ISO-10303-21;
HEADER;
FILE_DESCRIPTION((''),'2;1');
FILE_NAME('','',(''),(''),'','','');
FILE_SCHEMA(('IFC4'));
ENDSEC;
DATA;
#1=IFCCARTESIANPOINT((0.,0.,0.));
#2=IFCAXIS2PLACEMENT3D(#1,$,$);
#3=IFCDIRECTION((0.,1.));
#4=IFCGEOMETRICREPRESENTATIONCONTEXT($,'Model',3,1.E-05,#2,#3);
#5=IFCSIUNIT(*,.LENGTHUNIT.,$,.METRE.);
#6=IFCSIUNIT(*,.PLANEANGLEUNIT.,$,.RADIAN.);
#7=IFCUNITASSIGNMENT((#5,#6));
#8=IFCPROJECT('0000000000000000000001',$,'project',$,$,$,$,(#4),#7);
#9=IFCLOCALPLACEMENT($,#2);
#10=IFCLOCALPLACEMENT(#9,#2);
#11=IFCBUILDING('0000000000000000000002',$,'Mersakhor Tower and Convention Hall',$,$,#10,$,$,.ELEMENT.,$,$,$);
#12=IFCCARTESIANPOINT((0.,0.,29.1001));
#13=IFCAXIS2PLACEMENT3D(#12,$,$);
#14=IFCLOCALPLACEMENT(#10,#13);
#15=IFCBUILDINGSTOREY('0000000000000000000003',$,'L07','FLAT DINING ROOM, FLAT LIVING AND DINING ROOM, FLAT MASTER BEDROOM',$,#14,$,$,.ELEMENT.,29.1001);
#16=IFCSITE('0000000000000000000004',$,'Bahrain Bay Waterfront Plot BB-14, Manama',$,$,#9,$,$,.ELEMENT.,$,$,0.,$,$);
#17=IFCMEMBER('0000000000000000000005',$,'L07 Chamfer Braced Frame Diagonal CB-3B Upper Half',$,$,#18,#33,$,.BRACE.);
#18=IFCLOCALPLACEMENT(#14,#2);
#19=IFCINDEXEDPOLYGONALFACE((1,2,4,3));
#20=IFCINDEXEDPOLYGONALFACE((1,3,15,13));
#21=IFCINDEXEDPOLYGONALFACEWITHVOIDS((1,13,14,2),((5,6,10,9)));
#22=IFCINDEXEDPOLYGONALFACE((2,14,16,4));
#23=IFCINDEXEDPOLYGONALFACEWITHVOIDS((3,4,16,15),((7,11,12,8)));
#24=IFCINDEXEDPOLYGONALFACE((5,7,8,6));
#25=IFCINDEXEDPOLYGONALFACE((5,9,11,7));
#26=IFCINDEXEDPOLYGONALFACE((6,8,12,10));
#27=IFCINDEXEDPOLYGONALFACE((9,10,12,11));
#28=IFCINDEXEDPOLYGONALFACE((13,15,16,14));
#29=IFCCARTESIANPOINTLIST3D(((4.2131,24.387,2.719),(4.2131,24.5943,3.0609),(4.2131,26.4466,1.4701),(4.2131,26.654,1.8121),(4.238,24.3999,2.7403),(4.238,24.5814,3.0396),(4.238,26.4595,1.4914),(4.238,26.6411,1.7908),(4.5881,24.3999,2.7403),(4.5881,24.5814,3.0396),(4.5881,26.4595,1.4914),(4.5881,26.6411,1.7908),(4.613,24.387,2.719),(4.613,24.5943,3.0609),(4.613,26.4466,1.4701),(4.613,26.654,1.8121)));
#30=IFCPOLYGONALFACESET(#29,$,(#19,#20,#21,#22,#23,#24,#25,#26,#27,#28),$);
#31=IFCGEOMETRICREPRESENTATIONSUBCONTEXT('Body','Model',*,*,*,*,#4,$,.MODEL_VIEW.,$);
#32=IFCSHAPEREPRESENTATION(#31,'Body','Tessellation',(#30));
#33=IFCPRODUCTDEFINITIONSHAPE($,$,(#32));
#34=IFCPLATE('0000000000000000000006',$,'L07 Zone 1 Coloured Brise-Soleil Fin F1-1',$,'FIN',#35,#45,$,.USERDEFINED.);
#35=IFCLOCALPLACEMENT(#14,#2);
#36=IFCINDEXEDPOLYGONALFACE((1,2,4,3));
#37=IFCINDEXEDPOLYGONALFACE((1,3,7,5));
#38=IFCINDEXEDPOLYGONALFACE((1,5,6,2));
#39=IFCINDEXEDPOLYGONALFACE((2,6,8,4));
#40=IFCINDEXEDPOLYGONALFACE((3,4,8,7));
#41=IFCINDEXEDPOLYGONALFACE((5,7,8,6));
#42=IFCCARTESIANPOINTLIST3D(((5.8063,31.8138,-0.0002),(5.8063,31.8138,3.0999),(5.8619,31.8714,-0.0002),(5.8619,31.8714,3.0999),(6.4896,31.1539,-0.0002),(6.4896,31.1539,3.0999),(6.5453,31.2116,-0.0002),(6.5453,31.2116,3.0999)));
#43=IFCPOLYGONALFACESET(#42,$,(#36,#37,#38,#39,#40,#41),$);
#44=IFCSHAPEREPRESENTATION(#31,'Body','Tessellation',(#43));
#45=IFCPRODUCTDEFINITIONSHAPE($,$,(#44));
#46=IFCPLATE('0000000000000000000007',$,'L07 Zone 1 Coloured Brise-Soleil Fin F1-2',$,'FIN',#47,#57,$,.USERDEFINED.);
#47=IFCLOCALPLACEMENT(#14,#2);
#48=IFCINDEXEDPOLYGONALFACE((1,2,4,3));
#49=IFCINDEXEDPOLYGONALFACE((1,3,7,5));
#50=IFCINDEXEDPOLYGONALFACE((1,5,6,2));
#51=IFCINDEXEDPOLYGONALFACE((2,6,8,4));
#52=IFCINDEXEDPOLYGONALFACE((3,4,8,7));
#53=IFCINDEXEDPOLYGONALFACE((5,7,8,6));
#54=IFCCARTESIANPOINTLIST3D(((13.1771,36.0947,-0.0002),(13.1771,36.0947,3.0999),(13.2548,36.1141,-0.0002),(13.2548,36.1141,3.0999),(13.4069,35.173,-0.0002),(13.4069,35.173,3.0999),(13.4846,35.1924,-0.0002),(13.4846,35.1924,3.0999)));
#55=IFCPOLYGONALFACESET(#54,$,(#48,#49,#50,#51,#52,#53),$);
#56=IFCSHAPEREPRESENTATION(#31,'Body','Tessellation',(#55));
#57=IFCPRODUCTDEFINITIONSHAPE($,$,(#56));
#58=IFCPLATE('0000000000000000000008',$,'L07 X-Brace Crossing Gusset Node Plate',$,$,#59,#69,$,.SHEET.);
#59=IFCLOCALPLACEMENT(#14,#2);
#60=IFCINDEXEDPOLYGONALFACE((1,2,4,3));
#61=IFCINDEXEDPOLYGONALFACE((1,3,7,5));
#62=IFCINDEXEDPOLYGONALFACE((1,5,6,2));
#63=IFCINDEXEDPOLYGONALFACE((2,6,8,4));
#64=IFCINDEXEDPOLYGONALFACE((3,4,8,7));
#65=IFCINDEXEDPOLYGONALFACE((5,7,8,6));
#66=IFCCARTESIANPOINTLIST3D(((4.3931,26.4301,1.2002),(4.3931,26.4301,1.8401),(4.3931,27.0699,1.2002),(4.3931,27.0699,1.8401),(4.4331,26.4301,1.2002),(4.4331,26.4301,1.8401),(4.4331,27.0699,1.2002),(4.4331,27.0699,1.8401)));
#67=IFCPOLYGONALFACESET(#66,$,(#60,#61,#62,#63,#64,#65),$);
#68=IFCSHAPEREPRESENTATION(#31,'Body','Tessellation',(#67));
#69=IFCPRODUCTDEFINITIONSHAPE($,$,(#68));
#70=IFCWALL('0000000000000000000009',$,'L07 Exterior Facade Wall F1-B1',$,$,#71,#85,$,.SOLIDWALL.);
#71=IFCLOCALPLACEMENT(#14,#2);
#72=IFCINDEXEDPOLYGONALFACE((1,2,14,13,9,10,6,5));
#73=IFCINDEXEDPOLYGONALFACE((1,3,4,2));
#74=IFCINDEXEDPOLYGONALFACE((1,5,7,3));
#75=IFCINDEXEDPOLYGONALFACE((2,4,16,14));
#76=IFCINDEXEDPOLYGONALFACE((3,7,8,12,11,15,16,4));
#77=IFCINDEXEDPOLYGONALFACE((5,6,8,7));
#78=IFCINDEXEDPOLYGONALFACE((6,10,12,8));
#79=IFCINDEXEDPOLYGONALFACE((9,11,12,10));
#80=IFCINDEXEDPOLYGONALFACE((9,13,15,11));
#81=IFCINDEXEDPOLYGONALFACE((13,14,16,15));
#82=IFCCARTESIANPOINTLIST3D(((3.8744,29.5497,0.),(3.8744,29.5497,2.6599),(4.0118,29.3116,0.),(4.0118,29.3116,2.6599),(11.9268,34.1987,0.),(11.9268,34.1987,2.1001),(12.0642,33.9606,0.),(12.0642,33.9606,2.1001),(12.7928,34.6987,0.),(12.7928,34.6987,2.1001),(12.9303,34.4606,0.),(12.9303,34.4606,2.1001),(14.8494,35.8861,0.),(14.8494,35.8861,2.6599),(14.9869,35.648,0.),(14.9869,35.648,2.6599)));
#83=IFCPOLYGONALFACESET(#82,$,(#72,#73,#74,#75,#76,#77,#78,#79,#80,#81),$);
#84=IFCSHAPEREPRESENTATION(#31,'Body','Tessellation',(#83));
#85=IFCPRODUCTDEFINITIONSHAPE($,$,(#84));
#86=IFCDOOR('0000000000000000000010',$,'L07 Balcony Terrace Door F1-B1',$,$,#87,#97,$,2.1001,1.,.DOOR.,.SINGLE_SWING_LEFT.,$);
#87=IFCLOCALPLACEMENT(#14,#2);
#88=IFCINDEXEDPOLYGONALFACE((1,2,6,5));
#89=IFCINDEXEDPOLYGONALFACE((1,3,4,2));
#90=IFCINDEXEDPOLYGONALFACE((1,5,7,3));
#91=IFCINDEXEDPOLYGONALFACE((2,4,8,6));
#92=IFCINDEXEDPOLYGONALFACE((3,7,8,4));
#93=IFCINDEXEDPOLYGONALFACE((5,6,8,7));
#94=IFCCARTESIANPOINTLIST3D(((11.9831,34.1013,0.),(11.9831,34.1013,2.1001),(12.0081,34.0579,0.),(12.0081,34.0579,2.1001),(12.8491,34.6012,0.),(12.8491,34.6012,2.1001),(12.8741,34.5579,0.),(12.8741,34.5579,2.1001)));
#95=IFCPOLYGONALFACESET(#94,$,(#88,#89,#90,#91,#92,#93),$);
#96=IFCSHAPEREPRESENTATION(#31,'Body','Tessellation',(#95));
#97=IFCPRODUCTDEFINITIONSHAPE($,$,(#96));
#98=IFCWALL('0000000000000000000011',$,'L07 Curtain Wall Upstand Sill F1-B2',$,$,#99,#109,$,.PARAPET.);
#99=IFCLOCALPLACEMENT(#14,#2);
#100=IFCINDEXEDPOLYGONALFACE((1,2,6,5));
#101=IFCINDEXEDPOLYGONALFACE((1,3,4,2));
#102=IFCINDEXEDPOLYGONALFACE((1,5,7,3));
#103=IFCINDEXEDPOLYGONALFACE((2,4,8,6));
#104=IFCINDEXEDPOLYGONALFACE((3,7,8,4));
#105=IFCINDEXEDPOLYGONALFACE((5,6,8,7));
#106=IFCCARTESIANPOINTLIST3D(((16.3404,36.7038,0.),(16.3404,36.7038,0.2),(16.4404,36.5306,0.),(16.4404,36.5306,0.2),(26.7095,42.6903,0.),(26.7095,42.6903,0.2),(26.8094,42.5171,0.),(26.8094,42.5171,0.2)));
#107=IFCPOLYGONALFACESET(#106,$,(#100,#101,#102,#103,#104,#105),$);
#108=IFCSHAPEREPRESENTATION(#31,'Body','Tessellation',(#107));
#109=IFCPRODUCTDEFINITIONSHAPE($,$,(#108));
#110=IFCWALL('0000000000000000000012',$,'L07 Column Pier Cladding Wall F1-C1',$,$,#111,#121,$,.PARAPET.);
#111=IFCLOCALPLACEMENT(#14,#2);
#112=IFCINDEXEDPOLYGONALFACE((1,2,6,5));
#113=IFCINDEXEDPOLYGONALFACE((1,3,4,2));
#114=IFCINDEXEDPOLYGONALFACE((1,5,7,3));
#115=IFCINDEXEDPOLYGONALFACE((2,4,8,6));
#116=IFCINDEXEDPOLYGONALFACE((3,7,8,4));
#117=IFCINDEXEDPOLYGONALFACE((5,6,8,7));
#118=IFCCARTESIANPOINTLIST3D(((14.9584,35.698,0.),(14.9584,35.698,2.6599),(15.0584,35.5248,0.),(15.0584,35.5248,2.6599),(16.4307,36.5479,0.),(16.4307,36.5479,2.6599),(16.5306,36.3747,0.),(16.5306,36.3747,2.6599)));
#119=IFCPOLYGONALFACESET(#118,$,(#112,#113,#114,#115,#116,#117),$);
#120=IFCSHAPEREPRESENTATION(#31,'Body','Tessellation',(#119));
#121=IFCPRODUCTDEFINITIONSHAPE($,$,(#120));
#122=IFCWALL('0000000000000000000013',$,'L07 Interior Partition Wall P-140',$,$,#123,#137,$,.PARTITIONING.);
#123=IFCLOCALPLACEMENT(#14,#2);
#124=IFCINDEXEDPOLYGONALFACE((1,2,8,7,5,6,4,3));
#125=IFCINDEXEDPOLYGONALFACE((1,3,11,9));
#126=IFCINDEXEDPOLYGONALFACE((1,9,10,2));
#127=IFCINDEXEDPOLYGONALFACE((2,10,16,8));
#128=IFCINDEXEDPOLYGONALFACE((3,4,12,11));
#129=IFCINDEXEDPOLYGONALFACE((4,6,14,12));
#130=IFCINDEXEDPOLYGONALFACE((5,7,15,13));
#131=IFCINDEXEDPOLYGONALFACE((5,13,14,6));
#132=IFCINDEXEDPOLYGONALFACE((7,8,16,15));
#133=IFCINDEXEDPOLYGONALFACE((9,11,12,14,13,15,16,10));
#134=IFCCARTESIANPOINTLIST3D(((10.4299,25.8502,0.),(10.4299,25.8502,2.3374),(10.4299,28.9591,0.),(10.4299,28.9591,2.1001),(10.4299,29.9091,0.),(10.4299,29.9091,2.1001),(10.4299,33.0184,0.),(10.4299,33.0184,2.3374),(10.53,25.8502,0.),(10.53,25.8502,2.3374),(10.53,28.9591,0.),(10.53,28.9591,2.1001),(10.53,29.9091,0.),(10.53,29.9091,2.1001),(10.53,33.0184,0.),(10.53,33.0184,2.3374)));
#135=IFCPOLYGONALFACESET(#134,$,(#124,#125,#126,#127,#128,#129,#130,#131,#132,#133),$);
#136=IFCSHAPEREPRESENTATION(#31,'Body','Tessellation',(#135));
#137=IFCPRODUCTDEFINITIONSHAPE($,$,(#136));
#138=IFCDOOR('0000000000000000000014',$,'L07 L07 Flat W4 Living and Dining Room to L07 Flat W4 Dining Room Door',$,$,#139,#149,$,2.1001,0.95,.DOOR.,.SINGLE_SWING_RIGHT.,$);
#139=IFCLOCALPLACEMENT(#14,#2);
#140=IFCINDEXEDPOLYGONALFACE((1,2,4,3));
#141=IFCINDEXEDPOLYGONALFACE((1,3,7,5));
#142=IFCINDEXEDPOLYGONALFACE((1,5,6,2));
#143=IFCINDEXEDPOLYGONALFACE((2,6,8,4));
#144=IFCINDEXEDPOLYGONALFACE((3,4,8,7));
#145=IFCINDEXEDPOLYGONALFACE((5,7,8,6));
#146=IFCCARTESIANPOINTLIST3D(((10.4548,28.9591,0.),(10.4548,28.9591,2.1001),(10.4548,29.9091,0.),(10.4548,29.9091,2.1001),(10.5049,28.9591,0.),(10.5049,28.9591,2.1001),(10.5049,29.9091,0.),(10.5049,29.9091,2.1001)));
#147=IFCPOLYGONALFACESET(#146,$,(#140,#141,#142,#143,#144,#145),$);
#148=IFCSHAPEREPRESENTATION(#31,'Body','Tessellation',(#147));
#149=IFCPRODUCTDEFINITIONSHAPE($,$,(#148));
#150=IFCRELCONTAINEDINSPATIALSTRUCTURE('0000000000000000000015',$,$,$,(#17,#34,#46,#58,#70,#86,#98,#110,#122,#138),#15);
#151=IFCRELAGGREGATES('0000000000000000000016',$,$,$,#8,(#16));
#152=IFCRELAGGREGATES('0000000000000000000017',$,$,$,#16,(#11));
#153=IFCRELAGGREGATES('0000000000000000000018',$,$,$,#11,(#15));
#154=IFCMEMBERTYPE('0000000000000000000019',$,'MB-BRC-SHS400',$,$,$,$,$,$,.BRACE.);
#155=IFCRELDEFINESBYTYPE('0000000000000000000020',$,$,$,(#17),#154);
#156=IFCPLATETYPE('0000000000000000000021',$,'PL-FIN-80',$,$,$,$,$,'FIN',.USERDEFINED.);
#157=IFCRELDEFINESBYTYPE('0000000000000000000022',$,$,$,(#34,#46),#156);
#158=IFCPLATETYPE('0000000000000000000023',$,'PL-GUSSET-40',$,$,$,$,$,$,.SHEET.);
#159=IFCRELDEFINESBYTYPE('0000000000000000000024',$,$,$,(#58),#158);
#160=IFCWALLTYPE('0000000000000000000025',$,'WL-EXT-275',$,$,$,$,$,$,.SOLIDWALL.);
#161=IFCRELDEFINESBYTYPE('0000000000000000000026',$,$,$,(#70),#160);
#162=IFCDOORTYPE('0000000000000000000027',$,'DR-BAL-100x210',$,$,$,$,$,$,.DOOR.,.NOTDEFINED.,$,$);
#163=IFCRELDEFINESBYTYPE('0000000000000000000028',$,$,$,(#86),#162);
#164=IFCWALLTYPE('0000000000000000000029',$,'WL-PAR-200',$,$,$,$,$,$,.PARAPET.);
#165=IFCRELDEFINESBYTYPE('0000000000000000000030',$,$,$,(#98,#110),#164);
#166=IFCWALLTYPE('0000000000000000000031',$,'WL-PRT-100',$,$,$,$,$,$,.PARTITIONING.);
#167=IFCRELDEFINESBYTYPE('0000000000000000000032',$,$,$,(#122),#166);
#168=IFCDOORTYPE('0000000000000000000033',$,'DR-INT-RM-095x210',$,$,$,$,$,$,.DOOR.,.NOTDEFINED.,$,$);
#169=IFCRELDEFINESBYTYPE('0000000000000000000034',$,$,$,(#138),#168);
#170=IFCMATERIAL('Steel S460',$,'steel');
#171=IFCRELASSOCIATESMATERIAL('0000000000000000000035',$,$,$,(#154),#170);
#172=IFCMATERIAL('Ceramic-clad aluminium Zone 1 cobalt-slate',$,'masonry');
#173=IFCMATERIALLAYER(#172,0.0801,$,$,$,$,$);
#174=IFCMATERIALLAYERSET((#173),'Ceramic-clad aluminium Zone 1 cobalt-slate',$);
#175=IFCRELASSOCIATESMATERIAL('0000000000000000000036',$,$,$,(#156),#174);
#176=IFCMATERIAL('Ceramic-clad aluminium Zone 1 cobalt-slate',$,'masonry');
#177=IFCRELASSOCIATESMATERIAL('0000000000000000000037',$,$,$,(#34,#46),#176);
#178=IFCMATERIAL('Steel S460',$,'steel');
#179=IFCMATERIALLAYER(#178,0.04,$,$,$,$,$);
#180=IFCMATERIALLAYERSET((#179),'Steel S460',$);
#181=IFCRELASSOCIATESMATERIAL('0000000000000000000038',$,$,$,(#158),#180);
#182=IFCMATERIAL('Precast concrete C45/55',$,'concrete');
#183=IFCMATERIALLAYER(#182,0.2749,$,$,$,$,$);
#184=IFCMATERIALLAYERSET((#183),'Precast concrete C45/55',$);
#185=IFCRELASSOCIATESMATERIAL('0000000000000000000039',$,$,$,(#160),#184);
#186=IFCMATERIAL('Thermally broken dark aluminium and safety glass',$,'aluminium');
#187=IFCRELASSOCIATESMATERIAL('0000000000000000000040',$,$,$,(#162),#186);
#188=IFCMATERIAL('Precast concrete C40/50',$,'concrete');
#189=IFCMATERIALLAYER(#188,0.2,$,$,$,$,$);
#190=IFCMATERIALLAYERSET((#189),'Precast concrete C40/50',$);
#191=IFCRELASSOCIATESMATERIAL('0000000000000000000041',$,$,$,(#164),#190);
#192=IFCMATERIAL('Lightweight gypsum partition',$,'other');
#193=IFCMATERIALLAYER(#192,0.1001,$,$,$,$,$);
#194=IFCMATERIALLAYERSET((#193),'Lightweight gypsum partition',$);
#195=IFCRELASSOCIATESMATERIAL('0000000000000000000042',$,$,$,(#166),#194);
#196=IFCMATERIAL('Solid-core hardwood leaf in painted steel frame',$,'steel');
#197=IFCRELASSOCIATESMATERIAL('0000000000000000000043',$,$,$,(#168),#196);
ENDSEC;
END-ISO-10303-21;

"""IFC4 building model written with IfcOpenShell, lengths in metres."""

from ifc_helpers import new_model, si_unit, direction, frame, frame_2d, origin, origin_2d, place, context, subcontext, project, spatial, rectangle, hollow_rectangle, extrude, material, layer, layer_set, material_profile, profile_set, type_object, element, fill, save


model = new_model("IFC4")

# Units and contexts
model_context = context("Model", 3, precision=1e-05, world=origin(), true_north=direction((0.0, 1.0)))
body_context = subcontext(model_context, "Body", "Model", "MODEL_VIEW")
ifc_project = project(units=[si_unit("LENGTHUNIT", "METRE"), si_unit("PLANEANGLEUNIT", "RADIAN")], contexts=[model_context])

# Site, building, storey
site_placement = place(None, origin())
site = spatial("IfcSite", under=ifc_project, at=site_placement, Name="Bahrain Bay Waterfront Plot BB-14, Manama", CompositionType="ELEMENT", RefElevation=0.0)
building_placement = place(site_placement, origin())
building = spatial("IfcBuilding", under=site, at=building_placement, Name="Mersakhor Tower and Convention Hall", CompositionType="ELEMENT")
storey_placement = place(building_placement, frame((0.0, 0.0, 29.1001)))
storey = spatial("IfcBuildingStorey", under=building, at=storey_placement, Name="L07", Description="FLAT DINING ROOM, FLAT LIVING AND DINING ROOM, FLAT MASTER BEDROOM", CompositionType="ELEMENT", Elevation=29.1001)

# Member
ifc_material_1 = material(Name="Steel S460", Category="steel")
ifc_material_profile_1 = material_profile(ifc_material_1, hollow_rectangle(XDim=0.3999, YDim=0.3999, WallThickness=0.0249, at=origin_2d()), Name="SHS 400x400x25")
ifc_profile_set_1 = profile_set([ifc_material_profile_1], Name="Steel S460")
member_type_1 = type_object("IfcMemberType", Name="MB-BRC-SHS400", PredefinedType="BRACE", material=ifc_profile_set_1)
for number, where, z_axis, x_axis, name in (
    (1, (4.4131, 26.5503, 1.6411), (0.0, -0.855096, 0.51847), (1.0, 0.0, 0.0), "L07 Chamfer Braced Frame Diagonal CB-3B Upper Half"),
):
    element("IfcMember", number, at=place(storey_placement, frame(where, z_axis=z_axis, x_axis=x_axis)), inside=storey, type_object=member_type_1, Name=name, PredefinedType="BRACE", context=body_context, shape_type="SweptSolid", body=[
        extrude(hollow_rectangle(XDim=0.3999, YDim=0.3999, WallThickness=0.0249, at=origin_2d()), origin(), (0.0, 0.0, 1.0), 2.4087),
    ])

# Plates
ifc_material_2 = material(Name="Ceramic-clad aluminium Zone 1 cobalt-slate", Category="masonry")
ifc_material_3 = material(Name="Ceramic-clad aluminium Zone 1 cobalt-slate", Category="masonry")
ifc_layer_1 = layer(ifc_material_3, 0.0801)
ifc_layer_set_1 = layer_set([ifc_layer_1], Name="Ceramic-clad aluminium Zone 1 cobalt-slate")
plate_type_1 = type_object("IfcPlateType", Name="PL-FIN-80", ElementType="FIN", PredefinedType="USERDEFINED", material=ifc_layer_set_1)
for number, where, z_axis, x_axis, name in (
    (2, (6.1758, 31.5127, -0.0002), (0.0, 0.0, 1.0), (-0.71934, 0.694658, 0.0), "L07 Zone 1 Coloured Brise-Soleil Fin F1-1"),
    (3, (13.3308, 35.6436, -0.0002), (0.0, 0.0, 1.0), (-0.241922, 0.970296, 0.0), "L07 Zone 1 Coloured Brise-Soleil Fin F1-2"),
):
    element("IfcPlate", number, at=place(storey_placement, frame(where, z_axis=z_axis, x_axis=x_axis)), inside=storey, type_object=plate_type_1, material=ifc_material_2, Name=name, ObjectType="FIN", PredefinedType="USERDEFINED", context=body_context, shape_type="SweptSolid", body=[
        extrude(rectangle(XDim=0.95, YDim=0.0801, at=origin_2d()), origin(), (0.0, 0.0, 1.0), 3.1001),
    ])
ifc_material_4 = material(Name="Steel S460", Category="steel")
ifc_layer_2 = layer(ifc_material_4, 0.04)
ifc_layer_set_2 = layer_set([ifc_layer_2], Name="Steel S460")
plate_type_2 = type_object("IfcPlateType", Name="PL-GUSSET-40", PredefinedType="SHEET", material=ifc_layer_set_2)
plate_placement = place(storey_placement, frame((4.4131, 26.75, 1.2002), z_axis=(0.0, 0.0, 1.0), x_axis=(0.0, -1.0, 0.0)))
element("IfcPlate", 4, at=plate_placement, inside=storey, type_object=plate_type_2, Name="L07 X-Brace Crossing Gusset Node Plate", PredefinedType="SHEET", context=body_context, shape_type="SweptSolid", body=[
    extrude(rectangle(XDim=0.6399, YDim=0.04, at=origin_2d()), origin(), (0.0, 0.0, 1.0), 0.6399),
])

# Wall, opening, door
ifc_material_5 = material(Name="Precast concrete C45/55", Category="concrete")
ifc_layer_3 = layer(ifc_material_5, 0.2749)
ifc_layer_set_3 = layer_set([ifc_layer_3], Name="Precast concrete C45/55")
wall_type_1 = type_object("IfcWallType", Name="WL-EXT-275", PredefinedType="SOLIDWALL", material=ifc_layer_set_3)
wall_1_placement = place(storey_placement, frame((3.9431, 29.4307, 0.0), z_axis=(0.0, 0.0, 1.0), x_axis=(0.866027, 0.499997, 0.0)))
wall_1 = element("IfcWall", 5, at=wall_1_placement, inside=storey, type_object=wall_type_1, Name="L07 Exterior Facade Wall F1-B1", PredefinedType="SOLIDWALL", context=body_context, shape_type="SweptSolid", body=[
    extrude(rectangle(XDim=12.6729, YDim=0.2749, at=frame_2d((6.3364, 0.0))), origin(), (0.0, 0.0, 1.0), 2.6599),
])
opening_1_placement = place(wall_1_placement, frame((9.2981, 0.0, 0.0)))
opening_1 = element("IfcOpeningElement", 6, at=opening_1_placement, cuts=wall_1, PredefinedType="OPENING", context=body_context, shape_type="SweptSolid", body=[
    extrude(rectangle(XDim=1.0, YDim=2.1001, at=frame_2d((0.5, 1.05))), frame((0.0, 0.1475, 0.0), z_axis=(0.0, -1.0, 0.0), x_axis=(1.0, 0.0, 0.0)), (0.0, 0.0, 1.0), 0.2949),
])
ifc_material_6 = material(Name="Thermally broken dark aluminium and safety glass", Category="aluminium")
door_type_1 = type_object("IfcDoorType", Name="DR-BAL-100x210", OperationType="NOTDEFINED", PredefinedType="DOOR", material=ifc_material_6)
door_1_placement = place(opening_1_placement, origin())
door_1 = element("IfcDoor", 7, at=door_1_placement, inside=storey, type_object=door_type_1, Name="L07 Balcony Terrace Door F1-B1", OperationType="SINGLE_SWING_LEFT", OverallHeight=2.1001, OverallWidth=1.0, PredefinedType="DOOR", context=body_context, shape_type="SweptSolid", body=[
    extrude(rectangle(XDim=1.0, YDim=2.1001, at=frame_2d((0.5, 1.05))), frame((0.0, 0.0249, 0.0), z_axis=(0.0, -1.0, 0.0), x_axis=(1.0, 0.0, 0.0)), (0.0, 0.0, 1.0), 0.05),
])
fill(opening_1, door_1)

# Walls
ifc_material_7 = material(Name="Precast concrete C40/50", Category="concrete")
ifc_layer_4 = layer(ifc_material_7, 0.2)
ifc_layer_set_4 = layer_set([ifc_layer_4], Name="Precast concrete C40/50")
wall_type_2 = type_object("IfcWallType", Name="WL-PAR-200", PredefinedType="PARAPET", material=ifc_layer_set_4)
wall_2_placement = place(storey_placement, frame((16.3904, 36.6172, 0.0), z_axis=(0.0, 0.0, 1.0), x_axis=(0.866027, 0.499997, 0.0)))
element("IfcWall", 8, at=wall_2_placement, inside=storey, type_object=wall_type_2, Name="L07 Curtain Wall Upstand Sill F1-B2", PredefinedType="PARAPET", context=body_context, shape_type="SweptSolid", body=[
    extrude(rectangle(XDim=11.9731, YDim=0.2, at=frame_2d((5.9866, 0.0))), origin(), (0.0, 0.0, 1.0), 0.2),
])
wall_3_placement = place(storey_placement, frame((15.0083, 35.6113, 0.0), z_axis=(0.0, 0.0, 1.0), x_axis=(0.866052, 0.499955, 0.0)))
element("IfcWall", 9, at=wall_3_placement, inside=storey, type_object=wall_type_2, Name="L07 Column Pier Cladding Wall F1-C1", PredefinedType="PARAPET", context=body_context, shape_type="SweptSolid", body=[
    extrude(rectangle(XDim=1.7, YDim=0.2, at=frame_2d((0.8501, 0.0))), origin(), (0.0, 0.0, 1.0), 2.6599),
])

# Wall, opening, door
ifc_material_8 = material(Name="Lightweight gypsum partition", Category="other")
ifc_layer_5 = layer(ifc_material_8, 0.1001)
ifc_layer_set_5 = layer_set([ifc_layer_5], Name="Lightweight gypsum partition")
wall_type_3 = type_object("IfcWallType", Name="WL-PRT-100", PredefinedType="PARTITIONING", material=ifc_layer_set_5)
wall_4_placement = place(storey_placement, frame((10.48, 33.0183, 0.0), z_axis=(0.0, 0.0, 1.0), x_axis=(0.0, -1.0, 0.0)))
wall_4 = element("IfcWall", 10, at=wall_4_placement, inside=storey, type_object=wall_type_3, Name="L07 Interior Partition Wall P-140", PredefinedType="PARTITIONING", context=body_context, shape_type="SweptSolid", body=[
    extrude(rectangle(XDim=7.1682, YDim=0.1001, at=frame_2d((3.584, 0.0))), origin(), (0.0, 0.0, 1.0), 2.3374),
])
opening_2_placement = place(wall_4_placement, frame((3.1091, 0.0, 0.0)))
opening_2 = element("IfcOpeningElement", 11, at=opening_2_placement, cuts=wall_4, PredefinedType="OPENING", context=body_context, shape_type="SweptSolid", body=[
    extrude(rectangle(XDim=0.95, YDim=2.1001, at=frame_2d((0.4751, 1.05))), frame((0.0, 0.0601, 0.0), z_axis=(0.0, -1.0, 0.0), x_axis=(1.0, 0.0, 0.0)), (0.0, 0.0, 1.0), 0.1201),
])
ifc_material_9 = material(Name="Solid-core hardwood leaf in painted steel frame", Category="steel")
door_type_2 = type_object("IfcDoorType", Name="DR-INT-RM-095x210", OperationType="NOTDEFINED", PredefinedType="DOOR", material=ifc_material_9)
door_2_placement = place(opening_2_placement, origin())
door_2 = element("IfcDoor", 12, at=door_2_placement, inside=storey, type_object=door_type_2, Name="L07 L07 Flat W4 Living and Dining Room to L07 Flat W4 Dining Room Door", OperationType="SINGLE_SWING_RIGHT", OverallHeight=2.1001, OverallWidth=0.95, PredefinedType="DOOR", context=body_context, shape_type="SweptSolid", body=[
    extrude(rectangle(XDim=0.95, YDim=2.1001, at=frame_2d((0.4751, 1.05))), frame((0.0, 0.0249, 0.0), z_axis=(0.0, -1.0, 0.0), x_axis=(1.0, 0.0, 0.0)), (0.0, 0.0, 1.0), 0.05),
])
fill(opening_2, door_2)

save(model, "model.ifc")
